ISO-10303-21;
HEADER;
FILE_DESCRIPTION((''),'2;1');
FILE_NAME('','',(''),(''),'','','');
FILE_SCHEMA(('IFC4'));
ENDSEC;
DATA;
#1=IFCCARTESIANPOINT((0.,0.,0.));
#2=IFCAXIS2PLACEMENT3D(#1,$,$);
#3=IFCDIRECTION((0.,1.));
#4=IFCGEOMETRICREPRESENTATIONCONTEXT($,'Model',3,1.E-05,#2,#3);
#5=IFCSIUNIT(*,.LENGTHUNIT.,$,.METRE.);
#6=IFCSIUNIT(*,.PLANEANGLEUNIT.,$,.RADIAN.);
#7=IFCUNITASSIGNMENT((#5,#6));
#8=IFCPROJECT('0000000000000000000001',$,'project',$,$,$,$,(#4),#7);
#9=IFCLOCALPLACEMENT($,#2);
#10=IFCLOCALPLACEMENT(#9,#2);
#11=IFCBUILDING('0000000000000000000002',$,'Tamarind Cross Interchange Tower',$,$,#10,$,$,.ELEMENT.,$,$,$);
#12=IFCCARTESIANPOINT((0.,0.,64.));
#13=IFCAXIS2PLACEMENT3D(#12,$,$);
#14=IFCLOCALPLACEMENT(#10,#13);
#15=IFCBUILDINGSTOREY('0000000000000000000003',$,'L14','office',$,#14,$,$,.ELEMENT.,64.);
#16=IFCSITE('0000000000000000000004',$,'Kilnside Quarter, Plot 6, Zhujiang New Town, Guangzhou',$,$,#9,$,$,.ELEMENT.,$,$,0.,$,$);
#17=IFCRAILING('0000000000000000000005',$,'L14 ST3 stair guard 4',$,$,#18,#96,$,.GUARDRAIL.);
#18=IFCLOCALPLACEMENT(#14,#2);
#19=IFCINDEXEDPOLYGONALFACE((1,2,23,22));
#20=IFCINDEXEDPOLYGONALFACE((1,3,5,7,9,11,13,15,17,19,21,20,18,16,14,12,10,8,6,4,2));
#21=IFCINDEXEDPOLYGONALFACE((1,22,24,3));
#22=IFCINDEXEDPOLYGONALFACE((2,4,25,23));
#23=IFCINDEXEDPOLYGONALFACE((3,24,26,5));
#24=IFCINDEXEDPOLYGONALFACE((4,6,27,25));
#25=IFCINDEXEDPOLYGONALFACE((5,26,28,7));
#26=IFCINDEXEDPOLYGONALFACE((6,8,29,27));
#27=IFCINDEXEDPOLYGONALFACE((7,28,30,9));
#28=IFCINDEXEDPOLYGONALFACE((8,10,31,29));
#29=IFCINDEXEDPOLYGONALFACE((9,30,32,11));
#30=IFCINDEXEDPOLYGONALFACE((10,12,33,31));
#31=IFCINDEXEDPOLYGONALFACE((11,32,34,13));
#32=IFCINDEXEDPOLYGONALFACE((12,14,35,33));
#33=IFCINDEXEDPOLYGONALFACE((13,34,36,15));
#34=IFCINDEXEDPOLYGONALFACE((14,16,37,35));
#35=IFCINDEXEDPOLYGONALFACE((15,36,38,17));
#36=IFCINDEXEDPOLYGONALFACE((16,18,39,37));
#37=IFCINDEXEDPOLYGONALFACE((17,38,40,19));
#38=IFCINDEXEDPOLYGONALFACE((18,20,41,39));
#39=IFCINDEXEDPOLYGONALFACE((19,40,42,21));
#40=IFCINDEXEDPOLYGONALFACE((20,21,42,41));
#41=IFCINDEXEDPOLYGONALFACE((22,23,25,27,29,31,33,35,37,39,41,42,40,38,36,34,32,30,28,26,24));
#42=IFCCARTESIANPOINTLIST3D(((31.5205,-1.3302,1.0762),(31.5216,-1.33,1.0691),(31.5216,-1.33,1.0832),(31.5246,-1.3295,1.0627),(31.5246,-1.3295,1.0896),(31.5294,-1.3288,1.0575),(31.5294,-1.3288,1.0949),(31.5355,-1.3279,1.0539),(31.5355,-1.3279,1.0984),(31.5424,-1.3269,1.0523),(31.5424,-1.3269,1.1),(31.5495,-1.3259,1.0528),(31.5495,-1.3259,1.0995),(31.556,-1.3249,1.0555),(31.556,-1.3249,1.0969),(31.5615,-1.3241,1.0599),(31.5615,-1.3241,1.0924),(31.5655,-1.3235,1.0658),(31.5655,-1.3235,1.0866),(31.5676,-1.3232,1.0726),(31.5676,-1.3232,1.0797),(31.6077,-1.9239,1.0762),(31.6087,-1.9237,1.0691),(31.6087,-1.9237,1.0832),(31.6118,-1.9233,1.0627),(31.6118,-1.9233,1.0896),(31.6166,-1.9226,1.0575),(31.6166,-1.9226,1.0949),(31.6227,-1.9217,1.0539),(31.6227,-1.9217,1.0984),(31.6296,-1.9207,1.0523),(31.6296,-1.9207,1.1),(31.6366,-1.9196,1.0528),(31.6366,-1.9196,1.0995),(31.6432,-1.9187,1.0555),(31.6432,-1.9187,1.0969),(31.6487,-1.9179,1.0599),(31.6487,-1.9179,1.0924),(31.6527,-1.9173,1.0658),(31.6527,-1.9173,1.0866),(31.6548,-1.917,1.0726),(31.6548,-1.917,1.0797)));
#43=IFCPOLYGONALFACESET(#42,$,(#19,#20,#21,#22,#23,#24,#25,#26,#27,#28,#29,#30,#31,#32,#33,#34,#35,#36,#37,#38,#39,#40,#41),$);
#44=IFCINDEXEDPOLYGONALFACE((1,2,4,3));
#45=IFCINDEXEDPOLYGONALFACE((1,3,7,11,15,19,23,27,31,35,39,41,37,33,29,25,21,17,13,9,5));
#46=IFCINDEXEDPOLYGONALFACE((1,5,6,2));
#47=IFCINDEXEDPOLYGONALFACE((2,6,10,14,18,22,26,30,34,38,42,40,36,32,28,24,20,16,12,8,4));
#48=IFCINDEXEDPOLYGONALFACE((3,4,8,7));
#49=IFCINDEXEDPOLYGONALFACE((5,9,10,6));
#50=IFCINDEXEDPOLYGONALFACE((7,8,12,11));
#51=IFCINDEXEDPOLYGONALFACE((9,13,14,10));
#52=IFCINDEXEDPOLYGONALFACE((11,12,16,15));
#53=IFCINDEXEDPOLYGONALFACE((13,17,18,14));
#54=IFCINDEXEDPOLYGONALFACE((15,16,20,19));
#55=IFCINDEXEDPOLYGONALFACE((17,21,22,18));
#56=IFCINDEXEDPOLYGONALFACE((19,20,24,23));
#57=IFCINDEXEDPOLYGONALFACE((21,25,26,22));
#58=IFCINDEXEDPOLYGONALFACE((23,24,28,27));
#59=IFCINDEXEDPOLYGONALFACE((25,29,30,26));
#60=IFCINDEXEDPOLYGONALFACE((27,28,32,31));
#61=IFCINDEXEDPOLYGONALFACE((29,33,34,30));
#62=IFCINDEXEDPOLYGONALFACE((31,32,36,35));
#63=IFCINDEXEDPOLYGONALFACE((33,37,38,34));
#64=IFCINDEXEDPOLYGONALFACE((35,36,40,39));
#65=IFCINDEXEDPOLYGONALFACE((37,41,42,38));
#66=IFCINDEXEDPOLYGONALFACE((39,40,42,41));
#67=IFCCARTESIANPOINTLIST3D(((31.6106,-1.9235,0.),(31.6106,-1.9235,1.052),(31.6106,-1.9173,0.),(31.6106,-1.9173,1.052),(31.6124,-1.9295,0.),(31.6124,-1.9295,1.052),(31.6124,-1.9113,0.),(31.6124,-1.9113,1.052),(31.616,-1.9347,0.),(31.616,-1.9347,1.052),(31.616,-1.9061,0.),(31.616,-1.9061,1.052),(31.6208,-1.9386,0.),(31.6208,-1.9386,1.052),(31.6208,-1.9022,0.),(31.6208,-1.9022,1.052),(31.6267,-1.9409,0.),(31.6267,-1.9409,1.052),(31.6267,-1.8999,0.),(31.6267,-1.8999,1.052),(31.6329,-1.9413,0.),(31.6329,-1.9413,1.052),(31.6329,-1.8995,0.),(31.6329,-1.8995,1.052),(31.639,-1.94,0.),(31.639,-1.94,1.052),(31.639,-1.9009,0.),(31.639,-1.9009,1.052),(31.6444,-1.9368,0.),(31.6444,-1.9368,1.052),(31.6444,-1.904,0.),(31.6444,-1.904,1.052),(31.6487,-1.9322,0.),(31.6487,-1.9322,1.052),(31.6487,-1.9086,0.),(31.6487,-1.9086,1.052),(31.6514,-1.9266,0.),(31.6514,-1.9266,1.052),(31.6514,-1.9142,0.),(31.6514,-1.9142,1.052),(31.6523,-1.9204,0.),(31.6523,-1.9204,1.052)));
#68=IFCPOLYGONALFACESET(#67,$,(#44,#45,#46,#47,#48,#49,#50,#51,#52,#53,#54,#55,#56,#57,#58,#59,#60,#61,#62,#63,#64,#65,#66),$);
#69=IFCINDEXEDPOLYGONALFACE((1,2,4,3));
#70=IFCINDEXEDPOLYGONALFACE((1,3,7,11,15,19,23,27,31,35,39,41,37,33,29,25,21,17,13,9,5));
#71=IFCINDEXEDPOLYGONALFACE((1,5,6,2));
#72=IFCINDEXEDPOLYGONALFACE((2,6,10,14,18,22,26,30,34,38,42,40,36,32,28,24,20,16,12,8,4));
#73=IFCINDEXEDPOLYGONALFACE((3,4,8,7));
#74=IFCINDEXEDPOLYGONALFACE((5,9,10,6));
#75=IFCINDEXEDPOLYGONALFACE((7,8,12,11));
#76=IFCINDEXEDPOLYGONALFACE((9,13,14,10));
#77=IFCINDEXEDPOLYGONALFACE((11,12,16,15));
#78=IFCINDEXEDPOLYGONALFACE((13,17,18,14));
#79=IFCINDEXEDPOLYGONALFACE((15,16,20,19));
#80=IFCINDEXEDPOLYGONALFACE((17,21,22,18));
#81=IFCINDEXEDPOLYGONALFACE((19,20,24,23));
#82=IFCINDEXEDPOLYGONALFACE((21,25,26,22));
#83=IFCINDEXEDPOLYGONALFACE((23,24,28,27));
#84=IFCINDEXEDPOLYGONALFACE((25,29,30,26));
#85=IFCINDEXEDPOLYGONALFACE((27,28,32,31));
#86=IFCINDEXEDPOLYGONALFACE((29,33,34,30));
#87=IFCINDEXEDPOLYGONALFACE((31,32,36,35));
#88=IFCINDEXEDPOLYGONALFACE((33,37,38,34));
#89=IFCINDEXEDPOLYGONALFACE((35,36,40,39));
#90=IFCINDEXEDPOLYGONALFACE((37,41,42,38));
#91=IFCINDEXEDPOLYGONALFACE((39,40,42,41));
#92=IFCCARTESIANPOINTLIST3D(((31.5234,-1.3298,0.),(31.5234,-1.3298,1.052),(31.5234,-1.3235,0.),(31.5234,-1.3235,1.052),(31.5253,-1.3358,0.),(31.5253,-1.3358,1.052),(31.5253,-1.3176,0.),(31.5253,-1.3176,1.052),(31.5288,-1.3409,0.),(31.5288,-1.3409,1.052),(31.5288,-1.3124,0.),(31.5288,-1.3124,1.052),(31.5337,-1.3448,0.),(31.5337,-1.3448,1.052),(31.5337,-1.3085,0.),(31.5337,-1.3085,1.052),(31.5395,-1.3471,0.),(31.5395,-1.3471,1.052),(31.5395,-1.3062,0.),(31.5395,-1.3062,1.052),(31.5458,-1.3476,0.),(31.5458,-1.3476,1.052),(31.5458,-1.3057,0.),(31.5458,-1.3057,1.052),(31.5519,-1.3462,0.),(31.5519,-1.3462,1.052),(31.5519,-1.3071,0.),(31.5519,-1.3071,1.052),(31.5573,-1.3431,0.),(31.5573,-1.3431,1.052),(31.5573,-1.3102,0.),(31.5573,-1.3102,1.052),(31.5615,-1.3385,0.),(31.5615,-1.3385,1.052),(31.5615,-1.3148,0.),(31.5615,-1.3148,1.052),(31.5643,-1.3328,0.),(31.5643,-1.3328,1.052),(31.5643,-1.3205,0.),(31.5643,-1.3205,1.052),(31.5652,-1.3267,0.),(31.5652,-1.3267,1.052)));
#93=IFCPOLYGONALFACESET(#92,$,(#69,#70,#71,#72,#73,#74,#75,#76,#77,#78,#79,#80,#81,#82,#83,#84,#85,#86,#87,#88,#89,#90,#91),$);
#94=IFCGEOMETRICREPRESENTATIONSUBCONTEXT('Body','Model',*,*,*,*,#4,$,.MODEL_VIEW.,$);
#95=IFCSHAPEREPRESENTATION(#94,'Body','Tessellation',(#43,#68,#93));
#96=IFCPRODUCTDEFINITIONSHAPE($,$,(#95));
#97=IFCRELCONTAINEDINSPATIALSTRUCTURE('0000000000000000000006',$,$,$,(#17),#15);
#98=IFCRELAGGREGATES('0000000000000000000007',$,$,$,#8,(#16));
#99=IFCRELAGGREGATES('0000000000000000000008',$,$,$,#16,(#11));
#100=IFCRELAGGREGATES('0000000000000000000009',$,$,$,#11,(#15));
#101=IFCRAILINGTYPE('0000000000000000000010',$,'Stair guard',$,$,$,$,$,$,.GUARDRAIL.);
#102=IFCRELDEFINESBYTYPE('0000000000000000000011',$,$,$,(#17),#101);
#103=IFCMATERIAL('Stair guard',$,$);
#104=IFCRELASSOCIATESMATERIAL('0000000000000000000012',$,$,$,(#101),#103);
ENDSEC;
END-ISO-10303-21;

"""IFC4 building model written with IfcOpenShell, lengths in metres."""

from ifc_helpers import new_model, si_unit, direction, frame, origin, origin_2d, place, context, subcontext, project, spatial, circle, extrude, material, type_object, element, save


model = new_model("IFC4")

# Units and contexts
model_context = context("Model", 3, precision=1e-05, world=origin(), true_north=direction((0.0, 1.0)))
body_context = subcontext(model_context, "Body", "Model", "MODEL_VIEW")
ifc_project = project(units=[si_unit("LENGTHUNIT", "METRE"), si_unit("PLANEANGLEUNIT", "RADIAN")], contexts=[model_context])

# Site, building, storey
site_placement = place(None, origin())
site = spatial("IfcSite", under=ifc_project, at=site_placement, Name="Kilnside Quarter, Plot 6, Zhujiang New Town, Guangzhou", CompositionType="ELEMENT", RefElevation=0.0)
building_placement = place(site_placement, origin())
building = spatial("IfcBuilding", under=site, at=building_placement, Name="Tamarind Cross Interchange Tower", CompositionType="ELEMENT")
storey_placement = place(building_placement, frame((0.0, 0.0, 64.0)))
storey = spatial("IfcBuildingStorey", under=building, at=storey_placement, Name="L14", Description="office", CompositionType="ELEMENT", Elevation=64.0)

# Railing
ifc_material_1 = material(Name="Stair guard")
railing_type_1 = type_object("IfcRailingType", Name="Stair guard", PredefinedType="GUARDRAIL", material=ifc_material_1)
railing_1_placement = place(storey_placement, frame((31.6313, -1.9204, 0.0)))
element("IfcRailing", 1, at=railing_1_placement, inside=storey, type_object=railing_type_1, Name="L14 ST3 stair guard 4", PredefinedType="GUARDRAIL", context=body_context, shape_type="SweptSolid", body=[
    extrude(circle(Radius=0.0239, at=origin_2d()), frame((0.0, 0.0, 1.0762), z_axis=(-0.145236, 0.989397, 0.0), x_axis=(-0.989397, -0.145236, 0.0)), (0.0, 0.0, 1.0), 0.6001),
    extrude(circle(Radius=0.021, at=origin_2d()), origin(), (0.0, 0.0, 1.0), 1.052),
    extrude(circle(Radius=0.021, at=origin_2d()), frame((-0.0872, 0.5938, 0.0)), (0.0, 0.0, 1.0), 1.052),
])

save(model, "model.ifc")
